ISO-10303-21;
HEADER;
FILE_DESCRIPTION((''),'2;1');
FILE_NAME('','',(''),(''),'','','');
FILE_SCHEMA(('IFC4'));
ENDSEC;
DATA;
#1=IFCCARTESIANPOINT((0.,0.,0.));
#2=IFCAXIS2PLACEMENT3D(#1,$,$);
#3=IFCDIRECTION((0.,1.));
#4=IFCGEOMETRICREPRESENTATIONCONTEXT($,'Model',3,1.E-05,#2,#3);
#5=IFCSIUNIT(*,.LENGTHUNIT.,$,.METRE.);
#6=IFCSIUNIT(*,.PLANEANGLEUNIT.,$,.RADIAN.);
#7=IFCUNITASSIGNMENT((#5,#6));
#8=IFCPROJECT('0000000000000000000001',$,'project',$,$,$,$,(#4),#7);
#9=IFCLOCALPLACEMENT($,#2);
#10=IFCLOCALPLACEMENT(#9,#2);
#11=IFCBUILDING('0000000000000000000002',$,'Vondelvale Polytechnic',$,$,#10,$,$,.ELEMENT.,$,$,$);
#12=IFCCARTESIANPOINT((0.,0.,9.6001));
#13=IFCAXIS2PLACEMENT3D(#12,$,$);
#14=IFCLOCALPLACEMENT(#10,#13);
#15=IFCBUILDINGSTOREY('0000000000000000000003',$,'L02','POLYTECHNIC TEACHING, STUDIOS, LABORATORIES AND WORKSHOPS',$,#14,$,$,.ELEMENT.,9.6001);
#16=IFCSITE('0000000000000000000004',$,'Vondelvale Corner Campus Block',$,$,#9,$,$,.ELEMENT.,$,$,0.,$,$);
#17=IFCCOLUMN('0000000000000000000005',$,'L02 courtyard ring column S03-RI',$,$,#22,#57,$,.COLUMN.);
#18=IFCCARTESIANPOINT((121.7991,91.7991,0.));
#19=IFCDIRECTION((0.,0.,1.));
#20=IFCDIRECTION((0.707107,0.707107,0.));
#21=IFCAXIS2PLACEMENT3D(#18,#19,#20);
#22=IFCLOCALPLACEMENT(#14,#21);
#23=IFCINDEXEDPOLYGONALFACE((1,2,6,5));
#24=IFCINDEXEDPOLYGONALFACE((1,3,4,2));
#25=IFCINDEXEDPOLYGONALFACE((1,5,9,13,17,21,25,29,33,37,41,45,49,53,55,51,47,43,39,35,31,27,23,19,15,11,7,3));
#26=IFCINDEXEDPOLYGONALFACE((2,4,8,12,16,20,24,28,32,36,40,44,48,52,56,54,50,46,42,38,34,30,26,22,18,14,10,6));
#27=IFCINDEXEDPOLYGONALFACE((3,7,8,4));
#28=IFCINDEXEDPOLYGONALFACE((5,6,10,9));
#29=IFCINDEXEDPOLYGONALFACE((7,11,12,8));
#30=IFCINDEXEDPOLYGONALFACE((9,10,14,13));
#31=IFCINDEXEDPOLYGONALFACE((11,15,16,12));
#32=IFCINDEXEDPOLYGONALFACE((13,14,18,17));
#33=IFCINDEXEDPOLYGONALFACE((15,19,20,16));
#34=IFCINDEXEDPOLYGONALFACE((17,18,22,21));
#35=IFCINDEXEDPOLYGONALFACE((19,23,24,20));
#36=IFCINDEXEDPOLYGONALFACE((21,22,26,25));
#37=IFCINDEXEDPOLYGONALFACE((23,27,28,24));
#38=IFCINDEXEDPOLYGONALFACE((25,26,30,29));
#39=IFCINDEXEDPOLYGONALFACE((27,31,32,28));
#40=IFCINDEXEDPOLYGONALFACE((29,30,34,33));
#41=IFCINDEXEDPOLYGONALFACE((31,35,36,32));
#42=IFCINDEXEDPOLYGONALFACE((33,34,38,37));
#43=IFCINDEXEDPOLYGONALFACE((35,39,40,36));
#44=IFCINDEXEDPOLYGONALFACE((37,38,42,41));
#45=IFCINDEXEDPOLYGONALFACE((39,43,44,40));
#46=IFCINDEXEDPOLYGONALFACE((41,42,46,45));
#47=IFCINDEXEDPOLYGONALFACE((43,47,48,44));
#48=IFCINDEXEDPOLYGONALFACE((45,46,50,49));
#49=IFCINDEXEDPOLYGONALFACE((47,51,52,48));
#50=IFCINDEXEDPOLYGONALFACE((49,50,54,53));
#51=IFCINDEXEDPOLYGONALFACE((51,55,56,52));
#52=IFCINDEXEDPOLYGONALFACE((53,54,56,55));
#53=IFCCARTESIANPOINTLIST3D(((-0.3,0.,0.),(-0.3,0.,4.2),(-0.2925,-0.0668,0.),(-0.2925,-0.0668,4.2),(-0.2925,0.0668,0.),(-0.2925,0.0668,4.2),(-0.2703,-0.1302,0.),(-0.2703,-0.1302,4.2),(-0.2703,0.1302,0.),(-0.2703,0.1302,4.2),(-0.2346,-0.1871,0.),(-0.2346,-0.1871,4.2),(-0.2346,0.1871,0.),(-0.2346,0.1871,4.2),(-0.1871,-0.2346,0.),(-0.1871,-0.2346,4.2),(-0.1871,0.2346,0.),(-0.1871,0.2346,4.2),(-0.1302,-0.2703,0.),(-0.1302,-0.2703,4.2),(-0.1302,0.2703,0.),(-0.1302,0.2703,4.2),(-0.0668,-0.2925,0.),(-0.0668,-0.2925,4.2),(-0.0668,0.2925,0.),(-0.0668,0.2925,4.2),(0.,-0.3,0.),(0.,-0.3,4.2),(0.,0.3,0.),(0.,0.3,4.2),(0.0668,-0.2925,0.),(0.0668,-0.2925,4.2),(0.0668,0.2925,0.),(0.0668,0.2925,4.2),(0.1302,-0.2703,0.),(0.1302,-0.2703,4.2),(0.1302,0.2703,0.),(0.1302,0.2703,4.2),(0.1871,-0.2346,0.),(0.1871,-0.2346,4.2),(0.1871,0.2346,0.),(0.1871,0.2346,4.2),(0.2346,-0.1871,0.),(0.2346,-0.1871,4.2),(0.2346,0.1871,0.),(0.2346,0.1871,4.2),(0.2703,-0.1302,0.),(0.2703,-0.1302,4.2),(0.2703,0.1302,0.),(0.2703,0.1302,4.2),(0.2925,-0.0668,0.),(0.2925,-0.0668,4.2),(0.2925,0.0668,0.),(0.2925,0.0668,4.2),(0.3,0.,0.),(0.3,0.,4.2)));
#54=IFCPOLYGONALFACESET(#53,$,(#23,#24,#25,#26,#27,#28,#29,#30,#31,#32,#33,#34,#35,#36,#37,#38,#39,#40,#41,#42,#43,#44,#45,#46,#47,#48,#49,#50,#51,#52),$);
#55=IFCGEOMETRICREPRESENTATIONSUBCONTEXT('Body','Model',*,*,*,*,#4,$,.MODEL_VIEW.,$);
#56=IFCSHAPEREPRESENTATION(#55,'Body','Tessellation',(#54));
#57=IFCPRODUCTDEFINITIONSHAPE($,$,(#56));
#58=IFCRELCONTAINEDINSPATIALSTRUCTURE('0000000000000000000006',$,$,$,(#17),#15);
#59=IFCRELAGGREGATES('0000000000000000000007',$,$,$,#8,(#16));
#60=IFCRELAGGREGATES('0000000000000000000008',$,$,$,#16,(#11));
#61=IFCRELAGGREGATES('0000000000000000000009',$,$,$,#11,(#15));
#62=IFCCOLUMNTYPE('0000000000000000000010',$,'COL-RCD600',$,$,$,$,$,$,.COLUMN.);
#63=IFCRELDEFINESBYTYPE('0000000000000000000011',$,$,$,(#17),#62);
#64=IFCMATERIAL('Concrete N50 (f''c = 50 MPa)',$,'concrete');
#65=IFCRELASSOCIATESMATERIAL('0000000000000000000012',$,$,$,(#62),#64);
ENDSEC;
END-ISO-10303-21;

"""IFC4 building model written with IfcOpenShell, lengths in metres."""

from ifc_helpers import new_model, si_unit, direction, frame, origin, origin_2d, place, context, subcontext, project, spatial, circle, extrude, material, material_profile, profile_set, type_object, element, save


model = new_model("IFC4")

# Units and contexts
model_context = context("Model", 3, precision=1e-05, world=origin(), true_north=direction((0.0, 1.0)))
body_context = subcontext(model_context, "Body", "Model", "MODEL_VIEW")
ifc_project = project(units=[si_unit("LENGTHUNIT", "METRE"), si_unit("PLANEANGLEUNIT", "RADIAN")], contexts=[model_context])

# Site, building, storey
site_placement = place(None, origin())
site = spatial("IfcSite", under=ifc_project, at=site_placement, Name="Vondelvale Corner Campus Block", CompositionType="ELEMENT", RefElevation=0.0)
building_placement = place(site_placement, origin())
building = spatial("IfcBuilding", under=site, at=building_placement, Name="Vondelvale Polytechnic", CompositionType="ELEMENT")
storey_placement = place(building_placement, frame((0.0, 0.0, 9.6001)))
storey = spatial("IfcBuildingStorey", under=building, at=storey_placement, Name="L02", Description="POLYTECHNIC TEACHING, STUDIOS, LABORATORIES AND WORKSHOPS", CompositionType="ELEMENT", Elevation=9.6001)

# Column
ifc_material_1 = material(Name="Concrete N50 (f'c = 50 MPa)", Category="concrete")
ifc_material_profile_1 = material_profile(ifc_material_1, circle(Radius=0.3, at=origin_2d()), Name="RC-COL-D600")
ifc_profile_set_1 = profile_set([ifc_material_profile_1], Name="Concrete N50 (f'c = 50 MPa)")
column_type = type_object("IfcColumnType", Name="COL-RCD600", PredefinedType="COLUMN", material=ifc_profile_set_1)
column_placement = place(storey_placement, frame((121.7991, 91.7991, 0.0), z_axis=(0.0, 0.0, 1.0), x_axis=(0.707107, 0.707107, 0.0)))
element("IfcColumn", 1, at=column_placement, inside=storey, type_object=column_type, Name="L02 courtyard ring column S03-RI", PredefinedType="COLUMN", context=body_context, shape_type="SweptSolid", body=[
    extrude(circle(Radius=0.3, at=origin_2d()), origin(), (0.0, 0.0, 1.0), 4.2),
])

save(model, "model.ifc")
